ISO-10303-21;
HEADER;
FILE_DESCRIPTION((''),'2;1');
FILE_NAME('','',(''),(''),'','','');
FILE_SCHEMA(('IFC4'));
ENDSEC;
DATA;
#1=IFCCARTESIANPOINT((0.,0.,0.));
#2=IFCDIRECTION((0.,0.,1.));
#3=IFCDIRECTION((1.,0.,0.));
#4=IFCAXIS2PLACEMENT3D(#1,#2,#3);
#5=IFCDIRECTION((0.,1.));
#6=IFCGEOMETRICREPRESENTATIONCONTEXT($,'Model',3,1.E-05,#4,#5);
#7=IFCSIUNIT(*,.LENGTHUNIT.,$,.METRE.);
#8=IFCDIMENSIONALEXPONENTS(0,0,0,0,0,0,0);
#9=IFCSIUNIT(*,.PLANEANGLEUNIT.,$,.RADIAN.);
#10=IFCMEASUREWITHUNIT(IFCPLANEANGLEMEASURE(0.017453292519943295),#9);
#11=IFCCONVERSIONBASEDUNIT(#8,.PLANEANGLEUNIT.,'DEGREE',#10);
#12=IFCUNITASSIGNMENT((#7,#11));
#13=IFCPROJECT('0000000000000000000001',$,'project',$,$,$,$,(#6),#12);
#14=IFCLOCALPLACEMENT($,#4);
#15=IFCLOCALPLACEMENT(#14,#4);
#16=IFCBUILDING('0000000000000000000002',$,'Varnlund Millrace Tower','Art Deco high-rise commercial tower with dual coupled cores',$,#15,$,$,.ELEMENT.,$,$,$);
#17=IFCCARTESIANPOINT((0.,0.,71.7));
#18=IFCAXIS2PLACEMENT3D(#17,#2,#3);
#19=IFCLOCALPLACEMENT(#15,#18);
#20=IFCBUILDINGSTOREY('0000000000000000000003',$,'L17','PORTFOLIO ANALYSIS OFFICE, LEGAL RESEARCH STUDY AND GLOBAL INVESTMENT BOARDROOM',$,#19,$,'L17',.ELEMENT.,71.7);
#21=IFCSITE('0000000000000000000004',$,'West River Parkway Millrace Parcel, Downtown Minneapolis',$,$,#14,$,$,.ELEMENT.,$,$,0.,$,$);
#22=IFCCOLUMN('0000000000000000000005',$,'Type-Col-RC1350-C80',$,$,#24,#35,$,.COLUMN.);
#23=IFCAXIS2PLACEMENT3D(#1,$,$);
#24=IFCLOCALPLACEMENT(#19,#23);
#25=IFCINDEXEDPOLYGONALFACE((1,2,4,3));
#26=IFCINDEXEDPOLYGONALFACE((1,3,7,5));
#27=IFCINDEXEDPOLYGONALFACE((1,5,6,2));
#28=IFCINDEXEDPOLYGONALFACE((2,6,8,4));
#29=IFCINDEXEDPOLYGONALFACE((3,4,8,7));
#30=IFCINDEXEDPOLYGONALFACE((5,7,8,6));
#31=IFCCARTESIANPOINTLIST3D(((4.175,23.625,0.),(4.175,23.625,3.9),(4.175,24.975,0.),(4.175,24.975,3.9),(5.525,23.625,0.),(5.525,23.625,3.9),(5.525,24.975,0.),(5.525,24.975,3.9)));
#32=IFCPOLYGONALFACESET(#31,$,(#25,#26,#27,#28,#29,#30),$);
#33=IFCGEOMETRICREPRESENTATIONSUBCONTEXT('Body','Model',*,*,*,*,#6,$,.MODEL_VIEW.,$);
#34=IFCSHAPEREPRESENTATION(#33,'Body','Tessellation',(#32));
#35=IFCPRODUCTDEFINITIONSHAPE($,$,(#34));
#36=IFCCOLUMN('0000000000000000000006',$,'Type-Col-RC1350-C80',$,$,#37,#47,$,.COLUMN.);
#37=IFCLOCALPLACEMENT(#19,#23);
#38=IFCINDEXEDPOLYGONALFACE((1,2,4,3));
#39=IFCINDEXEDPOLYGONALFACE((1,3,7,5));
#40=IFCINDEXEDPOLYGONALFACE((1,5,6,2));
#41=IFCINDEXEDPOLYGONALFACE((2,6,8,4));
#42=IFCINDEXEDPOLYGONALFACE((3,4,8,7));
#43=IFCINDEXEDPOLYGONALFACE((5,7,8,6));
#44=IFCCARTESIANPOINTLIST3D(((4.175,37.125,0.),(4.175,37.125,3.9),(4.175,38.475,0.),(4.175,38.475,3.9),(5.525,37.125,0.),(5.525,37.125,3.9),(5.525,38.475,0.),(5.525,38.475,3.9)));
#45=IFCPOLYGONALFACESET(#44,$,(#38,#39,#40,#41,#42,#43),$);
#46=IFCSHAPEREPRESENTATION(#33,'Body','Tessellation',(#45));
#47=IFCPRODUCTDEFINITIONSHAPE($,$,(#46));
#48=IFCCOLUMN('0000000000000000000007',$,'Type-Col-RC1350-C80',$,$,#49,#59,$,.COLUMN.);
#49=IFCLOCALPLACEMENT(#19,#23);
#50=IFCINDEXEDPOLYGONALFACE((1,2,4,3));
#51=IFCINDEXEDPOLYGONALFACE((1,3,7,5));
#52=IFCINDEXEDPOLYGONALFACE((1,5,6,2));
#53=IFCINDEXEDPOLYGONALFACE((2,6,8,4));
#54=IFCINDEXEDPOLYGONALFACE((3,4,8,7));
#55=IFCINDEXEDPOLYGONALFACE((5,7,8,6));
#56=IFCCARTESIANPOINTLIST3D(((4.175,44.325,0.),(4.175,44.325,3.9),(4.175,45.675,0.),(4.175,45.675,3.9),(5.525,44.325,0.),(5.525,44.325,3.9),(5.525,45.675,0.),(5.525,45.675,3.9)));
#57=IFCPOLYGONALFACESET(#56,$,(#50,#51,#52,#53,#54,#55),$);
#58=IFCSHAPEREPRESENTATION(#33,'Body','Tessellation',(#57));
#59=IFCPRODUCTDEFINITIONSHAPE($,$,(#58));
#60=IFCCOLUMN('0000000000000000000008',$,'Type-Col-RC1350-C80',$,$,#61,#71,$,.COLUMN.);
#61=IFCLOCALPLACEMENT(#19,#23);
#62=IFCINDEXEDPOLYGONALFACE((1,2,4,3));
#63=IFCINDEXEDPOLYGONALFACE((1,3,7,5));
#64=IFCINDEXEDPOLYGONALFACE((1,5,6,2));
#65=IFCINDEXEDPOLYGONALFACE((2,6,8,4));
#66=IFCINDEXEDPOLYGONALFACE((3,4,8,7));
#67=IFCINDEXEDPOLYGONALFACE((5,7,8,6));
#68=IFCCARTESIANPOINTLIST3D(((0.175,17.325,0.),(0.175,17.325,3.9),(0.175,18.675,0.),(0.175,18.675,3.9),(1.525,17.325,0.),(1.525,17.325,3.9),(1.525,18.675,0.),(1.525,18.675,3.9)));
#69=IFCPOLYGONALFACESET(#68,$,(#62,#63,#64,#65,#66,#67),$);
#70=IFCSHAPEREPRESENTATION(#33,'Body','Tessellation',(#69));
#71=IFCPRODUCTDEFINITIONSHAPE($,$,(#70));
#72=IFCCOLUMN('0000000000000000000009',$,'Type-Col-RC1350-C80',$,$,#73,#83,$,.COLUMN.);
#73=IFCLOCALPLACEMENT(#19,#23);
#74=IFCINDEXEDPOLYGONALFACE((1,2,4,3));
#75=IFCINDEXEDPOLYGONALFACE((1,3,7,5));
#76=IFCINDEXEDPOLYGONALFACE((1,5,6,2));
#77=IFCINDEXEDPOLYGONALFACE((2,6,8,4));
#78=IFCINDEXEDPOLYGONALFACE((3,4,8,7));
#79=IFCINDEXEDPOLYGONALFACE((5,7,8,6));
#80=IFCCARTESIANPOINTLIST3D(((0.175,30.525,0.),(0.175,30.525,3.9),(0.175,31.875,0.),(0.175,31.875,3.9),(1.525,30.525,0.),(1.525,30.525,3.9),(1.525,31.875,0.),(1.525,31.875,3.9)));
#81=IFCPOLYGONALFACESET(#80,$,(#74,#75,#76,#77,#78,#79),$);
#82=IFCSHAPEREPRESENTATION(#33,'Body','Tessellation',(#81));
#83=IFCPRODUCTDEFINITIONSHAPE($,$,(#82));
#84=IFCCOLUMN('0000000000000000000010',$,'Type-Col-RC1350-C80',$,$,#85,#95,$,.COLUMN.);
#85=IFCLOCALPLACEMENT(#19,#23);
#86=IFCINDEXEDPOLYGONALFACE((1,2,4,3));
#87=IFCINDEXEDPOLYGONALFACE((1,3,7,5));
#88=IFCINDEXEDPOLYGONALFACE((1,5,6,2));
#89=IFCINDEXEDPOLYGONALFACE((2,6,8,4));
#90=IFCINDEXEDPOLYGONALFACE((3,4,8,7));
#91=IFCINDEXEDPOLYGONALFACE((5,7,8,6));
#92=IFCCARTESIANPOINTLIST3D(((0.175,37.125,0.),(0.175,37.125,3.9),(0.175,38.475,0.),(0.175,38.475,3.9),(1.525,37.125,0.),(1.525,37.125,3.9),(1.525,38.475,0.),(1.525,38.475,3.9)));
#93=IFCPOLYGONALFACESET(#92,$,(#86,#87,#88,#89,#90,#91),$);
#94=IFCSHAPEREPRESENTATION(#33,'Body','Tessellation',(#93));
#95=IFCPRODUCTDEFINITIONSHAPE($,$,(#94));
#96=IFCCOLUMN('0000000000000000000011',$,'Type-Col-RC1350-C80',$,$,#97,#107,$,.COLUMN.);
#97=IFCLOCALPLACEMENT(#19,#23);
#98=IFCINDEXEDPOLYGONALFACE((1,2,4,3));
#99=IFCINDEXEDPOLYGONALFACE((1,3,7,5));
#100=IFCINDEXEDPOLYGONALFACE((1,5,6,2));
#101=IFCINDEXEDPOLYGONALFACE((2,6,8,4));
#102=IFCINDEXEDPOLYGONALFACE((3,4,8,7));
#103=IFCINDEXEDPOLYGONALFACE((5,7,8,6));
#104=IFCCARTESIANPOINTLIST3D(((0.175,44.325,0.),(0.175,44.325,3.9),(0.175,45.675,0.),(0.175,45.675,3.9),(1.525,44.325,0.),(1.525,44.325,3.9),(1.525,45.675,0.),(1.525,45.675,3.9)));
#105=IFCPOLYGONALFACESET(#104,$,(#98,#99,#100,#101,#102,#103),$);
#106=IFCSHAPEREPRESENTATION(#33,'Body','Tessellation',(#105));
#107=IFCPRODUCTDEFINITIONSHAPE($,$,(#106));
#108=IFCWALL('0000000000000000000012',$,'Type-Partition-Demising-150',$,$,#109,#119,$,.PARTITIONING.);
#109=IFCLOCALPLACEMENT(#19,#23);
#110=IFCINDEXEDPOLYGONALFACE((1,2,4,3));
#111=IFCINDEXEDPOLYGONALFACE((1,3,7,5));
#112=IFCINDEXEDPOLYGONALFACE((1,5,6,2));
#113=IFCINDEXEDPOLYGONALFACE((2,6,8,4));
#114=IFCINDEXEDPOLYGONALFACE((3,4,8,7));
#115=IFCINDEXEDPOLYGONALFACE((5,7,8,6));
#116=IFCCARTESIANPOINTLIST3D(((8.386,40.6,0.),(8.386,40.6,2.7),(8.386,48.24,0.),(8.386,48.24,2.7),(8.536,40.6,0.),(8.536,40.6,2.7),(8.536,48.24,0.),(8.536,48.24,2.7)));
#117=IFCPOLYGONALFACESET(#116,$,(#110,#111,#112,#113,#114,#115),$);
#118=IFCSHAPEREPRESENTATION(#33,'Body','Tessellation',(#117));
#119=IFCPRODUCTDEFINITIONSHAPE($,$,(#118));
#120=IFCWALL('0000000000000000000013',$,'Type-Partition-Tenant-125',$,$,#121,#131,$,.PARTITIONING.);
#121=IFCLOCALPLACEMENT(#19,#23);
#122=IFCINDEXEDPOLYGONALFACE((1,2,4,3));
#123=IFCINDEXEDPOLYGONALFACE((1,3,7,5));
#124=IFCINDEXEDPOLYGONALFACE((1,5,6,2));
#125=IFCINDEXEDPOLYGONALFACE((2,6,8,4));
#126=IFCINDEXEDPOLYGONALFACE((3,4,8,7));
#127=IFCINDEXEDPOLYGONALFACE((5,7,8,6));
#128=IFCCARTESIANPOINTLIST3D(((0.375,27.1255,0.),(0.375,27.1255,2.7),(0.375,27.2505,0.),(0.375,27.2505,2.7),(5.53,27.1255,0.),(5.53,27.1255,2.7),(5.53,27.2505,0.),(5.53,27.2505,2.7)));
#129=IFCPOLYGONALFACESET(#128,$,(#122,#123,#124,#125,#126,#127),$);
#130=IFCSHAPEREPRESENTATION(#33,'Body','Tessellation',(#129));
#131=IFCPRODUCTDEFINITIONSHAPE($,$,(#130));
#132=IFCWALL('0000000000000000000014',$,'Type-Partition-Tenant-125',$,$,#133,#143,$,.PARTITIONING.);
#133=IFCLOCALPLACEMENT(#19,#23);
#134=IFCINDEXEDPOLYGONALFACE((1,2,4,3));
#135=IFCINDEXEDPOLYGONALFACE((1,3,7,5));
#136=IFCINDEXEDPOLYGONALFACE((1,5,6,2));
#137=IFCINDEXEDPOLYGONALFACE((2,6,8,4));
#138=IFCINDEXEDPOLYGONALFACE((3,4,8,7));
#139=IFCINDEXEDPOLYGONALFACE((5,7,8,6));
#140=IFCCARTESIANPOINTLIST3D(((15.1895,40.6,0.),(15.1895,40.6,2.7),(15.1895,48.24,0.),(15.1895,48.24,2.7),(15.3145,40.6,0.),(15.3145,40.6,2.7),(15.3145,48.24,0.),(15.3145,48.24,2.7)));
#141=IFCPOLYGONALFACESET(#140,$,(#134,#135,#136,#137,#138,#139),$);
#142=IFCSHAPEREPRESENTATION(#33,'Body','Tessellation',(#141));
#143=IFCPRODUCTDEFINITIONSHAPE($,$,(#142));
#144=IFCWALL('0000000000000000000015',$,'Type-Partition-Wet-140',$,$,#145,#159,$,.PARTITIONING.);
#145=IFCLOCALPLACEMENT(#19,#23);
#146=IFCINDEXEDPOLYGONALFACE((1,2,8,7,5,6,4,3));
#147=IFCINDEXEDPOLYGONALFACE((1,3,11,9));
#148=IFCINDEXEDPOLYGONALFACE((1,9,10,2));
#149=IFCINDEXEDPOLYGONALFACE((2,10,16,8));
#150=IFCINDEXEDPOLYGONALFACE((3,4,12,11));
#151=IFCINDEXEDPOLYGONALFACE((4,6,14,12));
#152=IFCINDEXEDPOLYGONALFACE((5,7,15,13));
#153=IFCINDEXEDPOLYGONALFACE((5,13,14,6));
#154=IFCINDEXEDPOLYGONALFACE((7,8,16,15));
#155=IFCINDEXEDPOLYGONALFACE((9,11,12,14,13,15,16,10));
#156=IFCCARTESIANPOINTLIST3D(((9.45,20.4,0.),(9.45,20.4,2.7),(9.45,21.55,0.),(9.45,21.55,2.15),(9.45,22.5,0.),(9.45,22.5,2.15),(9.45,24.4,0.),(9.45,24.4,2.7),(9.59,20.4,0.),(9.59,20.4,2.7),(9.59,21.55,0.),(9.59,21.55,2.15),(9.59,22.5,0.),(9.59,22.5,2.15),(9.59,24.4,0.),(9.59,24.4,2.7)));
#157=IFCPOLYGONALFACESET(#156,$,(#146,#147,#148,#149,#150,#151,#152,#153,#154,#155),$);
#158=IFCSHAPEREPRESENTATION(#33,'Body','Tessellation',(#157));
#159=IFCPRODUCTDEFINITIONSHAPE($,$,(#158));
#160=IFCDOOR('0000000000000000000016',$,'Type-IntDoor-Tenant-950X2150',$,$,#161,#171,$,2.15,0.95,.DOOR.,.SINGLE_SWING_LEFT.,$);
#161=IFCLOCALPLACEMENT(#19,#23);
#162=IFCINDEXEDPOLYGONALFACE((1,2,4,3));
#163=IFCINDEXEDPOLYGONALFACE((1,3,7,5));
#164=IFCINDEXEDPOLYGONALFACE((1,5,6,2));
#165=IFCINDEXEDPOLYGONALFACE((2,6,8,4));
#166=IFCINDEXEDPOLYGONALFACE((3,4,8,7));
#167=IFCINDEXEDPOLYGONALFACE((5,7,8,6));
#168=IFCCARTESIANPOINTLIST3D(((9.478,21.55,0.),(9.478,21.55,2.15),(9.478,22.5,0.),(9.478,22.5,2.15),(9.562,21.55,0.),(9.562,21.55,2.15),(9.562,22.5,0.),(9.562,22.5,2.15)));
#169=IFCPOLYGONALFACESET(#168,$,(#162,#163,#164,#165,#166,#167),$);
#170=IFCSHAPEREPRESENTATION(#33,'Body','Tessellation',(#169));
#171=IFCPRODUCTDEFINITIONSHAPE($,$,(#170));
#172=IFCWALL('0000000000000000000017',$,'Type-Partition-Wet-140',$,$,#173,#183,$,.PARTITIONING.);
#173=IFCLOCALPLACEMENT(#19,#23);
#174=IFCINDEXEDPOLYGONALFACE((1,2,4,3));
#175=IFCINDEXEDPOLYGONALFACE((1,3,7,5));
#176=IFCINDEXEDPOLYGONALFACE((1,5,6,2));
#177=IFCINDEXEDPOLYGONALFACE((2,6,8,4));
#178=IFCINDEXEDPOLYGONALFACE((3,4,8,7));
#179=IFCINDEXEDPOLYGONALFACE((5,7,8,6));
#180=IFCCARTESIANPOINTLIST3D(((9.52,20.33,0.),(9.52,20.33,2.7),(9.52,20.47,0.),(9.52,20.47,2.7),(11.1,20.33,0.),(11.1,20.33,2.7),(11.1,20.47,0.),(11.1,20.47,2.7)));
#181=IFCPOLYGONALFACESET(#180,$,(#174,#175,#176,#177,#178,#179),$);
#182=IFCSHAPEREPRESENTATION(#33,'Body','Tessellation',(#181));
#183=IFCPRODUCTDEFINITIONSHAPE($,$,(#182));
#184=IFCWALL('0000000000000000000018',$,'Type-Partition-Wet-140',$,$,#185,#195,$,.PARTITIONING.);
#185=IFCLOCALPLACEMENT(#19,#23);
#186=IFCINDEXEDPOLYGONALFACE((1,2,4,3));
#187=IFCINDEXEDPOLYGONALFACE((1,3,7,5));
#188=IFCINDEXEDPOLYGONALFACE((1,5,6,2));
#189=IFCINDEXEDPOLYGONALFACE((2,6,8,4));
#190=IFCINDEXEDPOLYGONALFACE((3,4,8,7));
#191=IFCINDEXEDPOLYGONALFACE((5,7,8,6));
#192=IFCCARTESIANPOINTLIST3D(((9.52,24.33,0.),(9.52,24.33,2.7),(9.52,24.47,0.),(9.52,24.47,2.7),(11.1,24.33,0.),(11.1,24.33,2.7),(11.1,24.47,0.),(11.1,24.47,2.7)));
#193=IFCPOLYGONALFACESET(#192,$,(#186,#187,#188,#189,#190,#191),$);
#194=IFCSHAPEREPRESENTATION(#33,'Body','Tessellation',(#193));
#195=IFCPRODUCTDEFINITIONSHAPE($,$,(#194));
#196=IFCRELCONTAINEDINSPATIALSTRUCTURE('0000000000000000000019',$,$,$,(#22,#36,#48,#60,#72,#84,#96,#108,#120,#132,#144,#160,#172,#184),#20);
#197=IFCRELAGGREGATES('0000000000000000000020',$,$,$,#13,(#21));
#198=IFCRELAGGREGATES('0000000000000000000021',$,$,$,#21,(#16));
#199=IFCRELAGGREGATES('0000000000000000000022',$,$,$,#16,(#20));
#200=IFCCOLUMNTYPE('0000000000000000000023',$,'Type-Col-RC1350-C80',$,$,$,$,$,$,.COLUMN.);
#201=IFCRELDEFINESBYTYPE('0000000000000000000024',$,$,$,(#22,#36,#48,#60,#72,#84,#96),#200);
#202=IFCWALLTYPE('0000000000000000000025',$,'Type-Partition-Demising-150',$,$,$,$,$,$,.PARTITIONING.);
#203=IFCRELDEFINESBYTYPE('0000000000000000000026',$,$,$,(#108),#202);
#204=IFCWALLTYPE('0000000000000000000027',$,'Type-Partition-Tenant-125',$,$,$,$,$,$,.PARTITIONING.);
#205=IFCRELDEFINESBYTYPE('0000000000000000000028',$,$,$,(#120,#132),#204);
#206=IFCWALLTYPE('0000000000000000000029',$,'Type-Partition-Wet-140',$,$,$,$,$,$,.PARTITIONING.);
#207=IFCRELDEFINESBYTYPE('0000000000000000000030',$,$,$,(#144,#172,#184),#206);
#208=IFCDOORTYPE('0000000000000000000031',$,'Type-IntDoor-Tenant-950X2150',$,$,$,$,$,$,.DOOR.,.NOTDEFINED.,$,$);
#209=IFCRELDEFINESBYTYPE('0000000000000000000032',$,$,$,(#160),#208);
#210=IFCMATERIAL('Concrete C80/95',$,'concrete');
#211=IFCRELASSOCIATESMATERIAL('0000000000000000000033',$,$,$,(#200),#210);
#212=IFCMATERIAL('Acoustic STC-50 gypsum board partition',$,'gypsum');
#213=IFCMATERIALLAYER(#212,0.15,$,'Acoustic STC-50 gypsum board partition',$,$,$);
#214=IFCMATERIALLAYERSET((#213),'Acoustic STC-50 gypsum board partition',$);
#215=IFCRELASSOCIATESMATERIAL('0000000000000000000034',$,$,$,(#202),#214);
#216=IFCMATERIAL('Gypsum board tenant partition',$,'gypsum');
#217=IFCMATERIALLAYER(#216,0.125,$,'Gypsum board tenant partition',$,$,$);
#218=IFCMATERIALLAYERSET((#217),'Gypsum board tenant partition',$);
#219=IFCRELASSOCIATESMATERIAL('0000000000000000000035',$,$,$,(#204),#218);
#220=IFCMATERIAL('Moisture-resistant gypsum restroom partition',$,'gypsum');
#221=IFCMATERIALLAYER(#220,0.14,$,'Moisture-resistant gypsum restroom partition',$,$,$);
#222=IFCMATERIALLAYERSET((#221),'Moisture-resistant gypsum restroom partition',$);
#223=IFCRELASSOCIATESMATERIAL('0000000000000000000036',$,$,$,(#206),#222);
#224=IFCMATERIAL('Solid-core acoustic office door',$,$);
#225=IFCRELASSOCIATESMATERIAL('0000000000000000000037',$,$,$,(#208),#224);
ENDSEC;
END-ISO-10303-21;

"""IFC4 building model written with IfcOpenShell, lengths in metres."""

from ifc_helpers import new_model, entity, si_unit, converted_unit, direction, frame, origin_with_axes, origin_2d_with_axis, place, context, subcontext, project, spatial, polyline, rectangle, outline, extrude, material, layer, layer_set, material_profile, profile_set, type_object, element, fill, save


model = new_model("IFC4")

# Units and contexts
model_context = context("Model", 3, precision=1e-05, world=origin_with_axes(), true_north=direction((0.0, 1.0)))
body_context = subcontext(model_context, "Body", "Model", "MODEL_VIEW")
ifc_project = project(units=[si_unit("LENGTHUNIT", "METRE"), converted_unit("PLANEANGLEUNIT", "DEGREE", entity("IfcPlaneAngleMeasure", 0.017453292519943295), si_unit("PLANEANGLEUNIT", "RADIAN"), dimensions=[0, 0, 0, 0, 0, 0, 0])], contexts=[model_context])

# Site, building, storey
site_placement = place(None, origin_with_axes())
site = spatial("IfcSite", under=ifc_project, at=site_placement, Name="West River Parkway Millrace Parcel, Downtown Minneapolis", CompositionType="ELEMENT", RefElevation=0.0)
building_placement = place(site_placement, origin_with_axes())
building = spatial("IfcBuilding", under=site, at=building_placement, Name="Varnlund Millrace Tower", Description="Art Deco high-rise commercial tower with dual coupled cores", CompositionType="ELEMENT")
storey_placement = place(building_placement, frame((0.0, 0.0, 71.7), z_axis=(0.0, 0.0, 1.0), x_axis=(1.0, 0.0, 0.0)))
storey = spatial("IfcBuildingStorey", under=building, at=storey_placement, Name="L17", Description="PORTFOLIO ANALYSIS OFFICE, LEGAL RESEARCH STUDY AND GLOBAL INVESTMENT BOARDROOM", LongName="L17", CompositionType="ELEMENT", Elevation=71.7)

# Columns
ifc_material_1 = material(Name="Concrete C80/95", Category="concrete")
ifc_material_profile = material_profile(ifc_material_1, rectangle(XDim=1.35, YDim=1.35, at=origin_2d_with_axis()), Name="Concrete C80/95")
ifc_profile_set = profile_set([ifc_material_profile], Name="Concrete C80/95")
column_type = type_object("IfcColumnType", Name="Type-Col-RC1350-C80", PredefinedType="COLUMN", material=ifc_profile_set)
for number, where, z_axis, x_axis, name in (
    (1, (4.85, 24.3, 0.0), (0.0, 0.0, 1.0), (1.0, 0.0, 0.0), "Type-Col-RC1350-C80"),
    (2, (4.85, 37.8, 0.0), (0.0, 0.0, 1.0), (1.0, 0.0, 0.0), "Type-Col-RC1350-C80"),
    (3, (4.85, 45.0, 0.0), (0.0, 0.0, 1.0), (1.0, 0.0, 0.0), "Type-Col-RC1350-C80"),
    (4, (0.85, 18.0, 0.0), (0.0, 0.0, 1.0), (1.0, 0.0, 0.0), "Type-Col-RC1350-C80"),
    (5, (0.85, 31.2, 0.0), (0.0, 0.0, 1.0), (1.0, 0.0, 0.0), "Type-Col-RC1350-C80"),
    (6, (0.85, 37.8, 0.0), (0.0, 0.0, 1.0), (1.0, 0.0, 0.0), "Type-Col-RC1350-C80"),
    (7, (0.85, 45.0, 0.0), (0.0, 0.0, 1.0), (1.0, 0.0, 0.0), "Type-Col-RC1350-C80"),
):
    element("IfcColumn", number, at=place(storey_placement, frame(where, z_axis=z_axis, x_axis=x_axis)), inside=storey, type_object=column_type, Name=name, PredefinedType="COLUMN", context=body_context, shape_type="SweptSolid", body=[
        extrude(rectangle(XDim=1.35, YDim=1.35, at=origin_2d_with_axis()), origin_with_axes(), (0.0, 0.0, 1.0), 3.9),
    ])

# Walls
ifc_material_2 = material(Name="Acoustic STC-50 gypsum board partition", Category="gypsum")
ifc_layer_1 = layer(ifc_material_2, 0.15, Name="Acoustic STC-50 gypsum board partition")
ifc_layer_set_1 = layer_set([ifc_layer_1], Name="Acoustic STC-50 gypsum board partition")
wall_type_1 = type_object("IfcWallType", Name="Type-Partition-Demising-150", PredefinedType="PARTITIONING", material=ifc_layer_set_1)
wall_1_placement = place(storey_placement, frame((8.461, 40.6, 0.0), z_axis=(0.0, 0.0, 1.0), x_axis=(0.0, 1.0, 0.0)))
element("IfcWall", 8, at=wall_1_placement, inside=storey, type_object=wall_type_1, Name="Type-Partition-Demising-150", PredefinedType="PARTITIONING", context=body_context, shape_type="SweptSolid", body=[
    extrude(outline(polyline([(0.0, -0.075), (7.64, -0.075), (7.64, 0.075), (0.0, 0.075), (0.0, -0.075)])), origin_with_axes(), (0.0, 0.0, 1.0), 2.7),
])
ifc_material_3 = material(Name="Gypsum board tenant partition", Category="gypsum")
ifc_layer_2 = layer(ifc_material_3, 0.125, Name="Gypsum board tenant partition")
ifc_layer_set_2 = layer_set([ifc_layer_2], Name="Gypsum board tenant partition")
wall_type_2 = type_object("IfcWallType", Name="Type-Partition-Tenant-125", PredefinedType="PARTITIONING", material=ifc_layer_set_2)
wall_2_placement = place(storey_placement, frame((0.375, 27.188, 0.0), z_axis=(0.0, 0.0, 1.0), x_axis=(1.0, 0.0, 0.0)))
element("IfcWall", 9, at=wall_2_placement, inside=storey, type_object=wall_type_2, Name="Type-Partition-Tenant-125", PredefinedType="PARTITIONING", context=body_context, shape_type="SweptSolid", body=[
    extrude(outline(polyline([(0.0, -0.0625), (5.155, -0.0625), (5.155, 0.0625), (0.0, 0.0625), (0.0, -0.0625)])), origin_with_axes(), (0.0, 0.0, 1.0), 2.7),
])
wall_3_placement = place(storey_placement, frame((15.252, 40.6, 0.0), z_axis=(0.0, 0.0, 1.0), x_axis=(0.0, 1.0, 0.0)))
element("IfcWall", 10, at=wall_3_placement, inside=storey, type_object=wall_type_2, Name="Type-Partition-Tenant-125", PredefinedType="PARTITIONING", context=body_context, shape_type="SweptSolid", body=[
    extrude(outline(polyline([(0.0, -0.0625), (7.64, -0.0625), (7.64, 0.0625), (0.0, 0.0625), (0.0, -0.0625)])), origin_with_axes(), (0.0, 0.0, 1.0), 2.7),
])

# Wall, opening, door
ifc_material_4 = material(Name="Moisture-resistant gypsum restroom partition", Category="gypsum")
ifc_layer_3 = layer(ifc_material_4, 0.14, Name="Moisture-resistant gypsum restroom partition")
ifc_layer_set_3 = layer_set([ifc_layer_3], Name="Moisture-resistant gypsum restroom partition")
wall_type_3 = type_object("IfcWallType", Name="Type-Partition-Wet-140", PredefinedType="PARTITIONING", material=ifc_layer_set_3)
wall_4_placement = place(storey_placement, frame((9.52, 20.4, 0.0), z_axis=(0.0, 0.0, 1.0), x_axis=(0.0, 1.0, 0.0)))
wall_4 = element("IfcWall", 11, at=wall_4_placement, inside=storey, type_object=wall_type_3, Name="Type-Partition-Wet-140", PredefinedType="PARTITIONING", context=body_context, shape_type="SweptSolid", body=[
    extrude(outline(polyline([(0.0, -0.07), (4.0, -0.07), (4.0, 0.07), (0.0, 0.07), (0.0, -0.07)])), origin_with_axes(), (0.0, 0.0, 1.0), 2.7),
])
opening_1_placement = place(wall_4_placement, frame((1.625, 0.0, 0.0), z_axis=(0.0, 0.0, 1.0), x_axis=(1.0, 0.0, 0.0)))
opening_1 = element("IfcOpeningElement", 12, at=opening_1_placement, cuts=wall_4, PredefinedType="OPENING", context=body_context, shape_type="SweptSolid", body=[
    extrude(rectangle(XDim=0.95, YDim=0.16, at=origin_2d_with_axis()), origin_with_axes(), (0.0, 0.0, 1.0), 2.15),
])
ifc_material_5 = material(Name="Solid-core acoustic office door")
door_type_1 = type_object("IfcDoorType", Name="Type-IntDoor-Tenant-950X2150", OperationType="NOTDEFINED", PredefinedType="DOOR", material=ifc_material_5)
door_1_placement = place(wall_4_placement, frame((1.625, 0.0, 0.0), z_axis=(0.0, 0.0, 1.0), x_axis=(1.0, 0.0, 0.0)))
door_1 = element("IfcDoor", 13, at=door_1_placement, inside=storey, type_object=door_type_1, Name="Type-IntDoor-Tenant-950X2150", OperationType="SINGLE_SWING_LEFT", OverallHeight=2.15, OverallWidth=0.95, PredefinedType="DOOR", context=body_context, shape_type="SweptSolid", body=[
    extrude(rectangle(XDim=0.95, YDim=0.084, at=origin_2d_with_axis()), origin_with_axes(), (0.0, 0.0, 1.0), 2.15),
])
fill(opening_1, door_1)

# Walls
for number, where, z_axis, x_axis, name in (
    (14, (9.52, 20.4, 0.0), (0.0, 0.0, 1.0), (1.0, 0.0, 0.0), "Type-Partition-Wet-140"),
    (15, (9.52, 24.4, 0.0), (0.0, 0.0, 1.0), (1.0, 0.0, 0.0), "Type-Partition-Wet-140"),
):
    element("IfcWall", number, at=place(storey_placement, frame(where, z_axis=z_axis, x_axis=x_axis)), inside=storey, type_object=wall_type_3, Name=name, PredefinedType="PARTITIONING", context=body_context, shape_type="SweptSolid", body=[
        extrude(outline(polyline([(0.0, -0.07), (1.58, -0.07), (1.58, 0.07), (0.0, 0.07), (0.0, -0.07)])), origin_with_axes(), (0.0, 0.0, 1.0), 2.7),
    ])

save(model, "model.ifc")
